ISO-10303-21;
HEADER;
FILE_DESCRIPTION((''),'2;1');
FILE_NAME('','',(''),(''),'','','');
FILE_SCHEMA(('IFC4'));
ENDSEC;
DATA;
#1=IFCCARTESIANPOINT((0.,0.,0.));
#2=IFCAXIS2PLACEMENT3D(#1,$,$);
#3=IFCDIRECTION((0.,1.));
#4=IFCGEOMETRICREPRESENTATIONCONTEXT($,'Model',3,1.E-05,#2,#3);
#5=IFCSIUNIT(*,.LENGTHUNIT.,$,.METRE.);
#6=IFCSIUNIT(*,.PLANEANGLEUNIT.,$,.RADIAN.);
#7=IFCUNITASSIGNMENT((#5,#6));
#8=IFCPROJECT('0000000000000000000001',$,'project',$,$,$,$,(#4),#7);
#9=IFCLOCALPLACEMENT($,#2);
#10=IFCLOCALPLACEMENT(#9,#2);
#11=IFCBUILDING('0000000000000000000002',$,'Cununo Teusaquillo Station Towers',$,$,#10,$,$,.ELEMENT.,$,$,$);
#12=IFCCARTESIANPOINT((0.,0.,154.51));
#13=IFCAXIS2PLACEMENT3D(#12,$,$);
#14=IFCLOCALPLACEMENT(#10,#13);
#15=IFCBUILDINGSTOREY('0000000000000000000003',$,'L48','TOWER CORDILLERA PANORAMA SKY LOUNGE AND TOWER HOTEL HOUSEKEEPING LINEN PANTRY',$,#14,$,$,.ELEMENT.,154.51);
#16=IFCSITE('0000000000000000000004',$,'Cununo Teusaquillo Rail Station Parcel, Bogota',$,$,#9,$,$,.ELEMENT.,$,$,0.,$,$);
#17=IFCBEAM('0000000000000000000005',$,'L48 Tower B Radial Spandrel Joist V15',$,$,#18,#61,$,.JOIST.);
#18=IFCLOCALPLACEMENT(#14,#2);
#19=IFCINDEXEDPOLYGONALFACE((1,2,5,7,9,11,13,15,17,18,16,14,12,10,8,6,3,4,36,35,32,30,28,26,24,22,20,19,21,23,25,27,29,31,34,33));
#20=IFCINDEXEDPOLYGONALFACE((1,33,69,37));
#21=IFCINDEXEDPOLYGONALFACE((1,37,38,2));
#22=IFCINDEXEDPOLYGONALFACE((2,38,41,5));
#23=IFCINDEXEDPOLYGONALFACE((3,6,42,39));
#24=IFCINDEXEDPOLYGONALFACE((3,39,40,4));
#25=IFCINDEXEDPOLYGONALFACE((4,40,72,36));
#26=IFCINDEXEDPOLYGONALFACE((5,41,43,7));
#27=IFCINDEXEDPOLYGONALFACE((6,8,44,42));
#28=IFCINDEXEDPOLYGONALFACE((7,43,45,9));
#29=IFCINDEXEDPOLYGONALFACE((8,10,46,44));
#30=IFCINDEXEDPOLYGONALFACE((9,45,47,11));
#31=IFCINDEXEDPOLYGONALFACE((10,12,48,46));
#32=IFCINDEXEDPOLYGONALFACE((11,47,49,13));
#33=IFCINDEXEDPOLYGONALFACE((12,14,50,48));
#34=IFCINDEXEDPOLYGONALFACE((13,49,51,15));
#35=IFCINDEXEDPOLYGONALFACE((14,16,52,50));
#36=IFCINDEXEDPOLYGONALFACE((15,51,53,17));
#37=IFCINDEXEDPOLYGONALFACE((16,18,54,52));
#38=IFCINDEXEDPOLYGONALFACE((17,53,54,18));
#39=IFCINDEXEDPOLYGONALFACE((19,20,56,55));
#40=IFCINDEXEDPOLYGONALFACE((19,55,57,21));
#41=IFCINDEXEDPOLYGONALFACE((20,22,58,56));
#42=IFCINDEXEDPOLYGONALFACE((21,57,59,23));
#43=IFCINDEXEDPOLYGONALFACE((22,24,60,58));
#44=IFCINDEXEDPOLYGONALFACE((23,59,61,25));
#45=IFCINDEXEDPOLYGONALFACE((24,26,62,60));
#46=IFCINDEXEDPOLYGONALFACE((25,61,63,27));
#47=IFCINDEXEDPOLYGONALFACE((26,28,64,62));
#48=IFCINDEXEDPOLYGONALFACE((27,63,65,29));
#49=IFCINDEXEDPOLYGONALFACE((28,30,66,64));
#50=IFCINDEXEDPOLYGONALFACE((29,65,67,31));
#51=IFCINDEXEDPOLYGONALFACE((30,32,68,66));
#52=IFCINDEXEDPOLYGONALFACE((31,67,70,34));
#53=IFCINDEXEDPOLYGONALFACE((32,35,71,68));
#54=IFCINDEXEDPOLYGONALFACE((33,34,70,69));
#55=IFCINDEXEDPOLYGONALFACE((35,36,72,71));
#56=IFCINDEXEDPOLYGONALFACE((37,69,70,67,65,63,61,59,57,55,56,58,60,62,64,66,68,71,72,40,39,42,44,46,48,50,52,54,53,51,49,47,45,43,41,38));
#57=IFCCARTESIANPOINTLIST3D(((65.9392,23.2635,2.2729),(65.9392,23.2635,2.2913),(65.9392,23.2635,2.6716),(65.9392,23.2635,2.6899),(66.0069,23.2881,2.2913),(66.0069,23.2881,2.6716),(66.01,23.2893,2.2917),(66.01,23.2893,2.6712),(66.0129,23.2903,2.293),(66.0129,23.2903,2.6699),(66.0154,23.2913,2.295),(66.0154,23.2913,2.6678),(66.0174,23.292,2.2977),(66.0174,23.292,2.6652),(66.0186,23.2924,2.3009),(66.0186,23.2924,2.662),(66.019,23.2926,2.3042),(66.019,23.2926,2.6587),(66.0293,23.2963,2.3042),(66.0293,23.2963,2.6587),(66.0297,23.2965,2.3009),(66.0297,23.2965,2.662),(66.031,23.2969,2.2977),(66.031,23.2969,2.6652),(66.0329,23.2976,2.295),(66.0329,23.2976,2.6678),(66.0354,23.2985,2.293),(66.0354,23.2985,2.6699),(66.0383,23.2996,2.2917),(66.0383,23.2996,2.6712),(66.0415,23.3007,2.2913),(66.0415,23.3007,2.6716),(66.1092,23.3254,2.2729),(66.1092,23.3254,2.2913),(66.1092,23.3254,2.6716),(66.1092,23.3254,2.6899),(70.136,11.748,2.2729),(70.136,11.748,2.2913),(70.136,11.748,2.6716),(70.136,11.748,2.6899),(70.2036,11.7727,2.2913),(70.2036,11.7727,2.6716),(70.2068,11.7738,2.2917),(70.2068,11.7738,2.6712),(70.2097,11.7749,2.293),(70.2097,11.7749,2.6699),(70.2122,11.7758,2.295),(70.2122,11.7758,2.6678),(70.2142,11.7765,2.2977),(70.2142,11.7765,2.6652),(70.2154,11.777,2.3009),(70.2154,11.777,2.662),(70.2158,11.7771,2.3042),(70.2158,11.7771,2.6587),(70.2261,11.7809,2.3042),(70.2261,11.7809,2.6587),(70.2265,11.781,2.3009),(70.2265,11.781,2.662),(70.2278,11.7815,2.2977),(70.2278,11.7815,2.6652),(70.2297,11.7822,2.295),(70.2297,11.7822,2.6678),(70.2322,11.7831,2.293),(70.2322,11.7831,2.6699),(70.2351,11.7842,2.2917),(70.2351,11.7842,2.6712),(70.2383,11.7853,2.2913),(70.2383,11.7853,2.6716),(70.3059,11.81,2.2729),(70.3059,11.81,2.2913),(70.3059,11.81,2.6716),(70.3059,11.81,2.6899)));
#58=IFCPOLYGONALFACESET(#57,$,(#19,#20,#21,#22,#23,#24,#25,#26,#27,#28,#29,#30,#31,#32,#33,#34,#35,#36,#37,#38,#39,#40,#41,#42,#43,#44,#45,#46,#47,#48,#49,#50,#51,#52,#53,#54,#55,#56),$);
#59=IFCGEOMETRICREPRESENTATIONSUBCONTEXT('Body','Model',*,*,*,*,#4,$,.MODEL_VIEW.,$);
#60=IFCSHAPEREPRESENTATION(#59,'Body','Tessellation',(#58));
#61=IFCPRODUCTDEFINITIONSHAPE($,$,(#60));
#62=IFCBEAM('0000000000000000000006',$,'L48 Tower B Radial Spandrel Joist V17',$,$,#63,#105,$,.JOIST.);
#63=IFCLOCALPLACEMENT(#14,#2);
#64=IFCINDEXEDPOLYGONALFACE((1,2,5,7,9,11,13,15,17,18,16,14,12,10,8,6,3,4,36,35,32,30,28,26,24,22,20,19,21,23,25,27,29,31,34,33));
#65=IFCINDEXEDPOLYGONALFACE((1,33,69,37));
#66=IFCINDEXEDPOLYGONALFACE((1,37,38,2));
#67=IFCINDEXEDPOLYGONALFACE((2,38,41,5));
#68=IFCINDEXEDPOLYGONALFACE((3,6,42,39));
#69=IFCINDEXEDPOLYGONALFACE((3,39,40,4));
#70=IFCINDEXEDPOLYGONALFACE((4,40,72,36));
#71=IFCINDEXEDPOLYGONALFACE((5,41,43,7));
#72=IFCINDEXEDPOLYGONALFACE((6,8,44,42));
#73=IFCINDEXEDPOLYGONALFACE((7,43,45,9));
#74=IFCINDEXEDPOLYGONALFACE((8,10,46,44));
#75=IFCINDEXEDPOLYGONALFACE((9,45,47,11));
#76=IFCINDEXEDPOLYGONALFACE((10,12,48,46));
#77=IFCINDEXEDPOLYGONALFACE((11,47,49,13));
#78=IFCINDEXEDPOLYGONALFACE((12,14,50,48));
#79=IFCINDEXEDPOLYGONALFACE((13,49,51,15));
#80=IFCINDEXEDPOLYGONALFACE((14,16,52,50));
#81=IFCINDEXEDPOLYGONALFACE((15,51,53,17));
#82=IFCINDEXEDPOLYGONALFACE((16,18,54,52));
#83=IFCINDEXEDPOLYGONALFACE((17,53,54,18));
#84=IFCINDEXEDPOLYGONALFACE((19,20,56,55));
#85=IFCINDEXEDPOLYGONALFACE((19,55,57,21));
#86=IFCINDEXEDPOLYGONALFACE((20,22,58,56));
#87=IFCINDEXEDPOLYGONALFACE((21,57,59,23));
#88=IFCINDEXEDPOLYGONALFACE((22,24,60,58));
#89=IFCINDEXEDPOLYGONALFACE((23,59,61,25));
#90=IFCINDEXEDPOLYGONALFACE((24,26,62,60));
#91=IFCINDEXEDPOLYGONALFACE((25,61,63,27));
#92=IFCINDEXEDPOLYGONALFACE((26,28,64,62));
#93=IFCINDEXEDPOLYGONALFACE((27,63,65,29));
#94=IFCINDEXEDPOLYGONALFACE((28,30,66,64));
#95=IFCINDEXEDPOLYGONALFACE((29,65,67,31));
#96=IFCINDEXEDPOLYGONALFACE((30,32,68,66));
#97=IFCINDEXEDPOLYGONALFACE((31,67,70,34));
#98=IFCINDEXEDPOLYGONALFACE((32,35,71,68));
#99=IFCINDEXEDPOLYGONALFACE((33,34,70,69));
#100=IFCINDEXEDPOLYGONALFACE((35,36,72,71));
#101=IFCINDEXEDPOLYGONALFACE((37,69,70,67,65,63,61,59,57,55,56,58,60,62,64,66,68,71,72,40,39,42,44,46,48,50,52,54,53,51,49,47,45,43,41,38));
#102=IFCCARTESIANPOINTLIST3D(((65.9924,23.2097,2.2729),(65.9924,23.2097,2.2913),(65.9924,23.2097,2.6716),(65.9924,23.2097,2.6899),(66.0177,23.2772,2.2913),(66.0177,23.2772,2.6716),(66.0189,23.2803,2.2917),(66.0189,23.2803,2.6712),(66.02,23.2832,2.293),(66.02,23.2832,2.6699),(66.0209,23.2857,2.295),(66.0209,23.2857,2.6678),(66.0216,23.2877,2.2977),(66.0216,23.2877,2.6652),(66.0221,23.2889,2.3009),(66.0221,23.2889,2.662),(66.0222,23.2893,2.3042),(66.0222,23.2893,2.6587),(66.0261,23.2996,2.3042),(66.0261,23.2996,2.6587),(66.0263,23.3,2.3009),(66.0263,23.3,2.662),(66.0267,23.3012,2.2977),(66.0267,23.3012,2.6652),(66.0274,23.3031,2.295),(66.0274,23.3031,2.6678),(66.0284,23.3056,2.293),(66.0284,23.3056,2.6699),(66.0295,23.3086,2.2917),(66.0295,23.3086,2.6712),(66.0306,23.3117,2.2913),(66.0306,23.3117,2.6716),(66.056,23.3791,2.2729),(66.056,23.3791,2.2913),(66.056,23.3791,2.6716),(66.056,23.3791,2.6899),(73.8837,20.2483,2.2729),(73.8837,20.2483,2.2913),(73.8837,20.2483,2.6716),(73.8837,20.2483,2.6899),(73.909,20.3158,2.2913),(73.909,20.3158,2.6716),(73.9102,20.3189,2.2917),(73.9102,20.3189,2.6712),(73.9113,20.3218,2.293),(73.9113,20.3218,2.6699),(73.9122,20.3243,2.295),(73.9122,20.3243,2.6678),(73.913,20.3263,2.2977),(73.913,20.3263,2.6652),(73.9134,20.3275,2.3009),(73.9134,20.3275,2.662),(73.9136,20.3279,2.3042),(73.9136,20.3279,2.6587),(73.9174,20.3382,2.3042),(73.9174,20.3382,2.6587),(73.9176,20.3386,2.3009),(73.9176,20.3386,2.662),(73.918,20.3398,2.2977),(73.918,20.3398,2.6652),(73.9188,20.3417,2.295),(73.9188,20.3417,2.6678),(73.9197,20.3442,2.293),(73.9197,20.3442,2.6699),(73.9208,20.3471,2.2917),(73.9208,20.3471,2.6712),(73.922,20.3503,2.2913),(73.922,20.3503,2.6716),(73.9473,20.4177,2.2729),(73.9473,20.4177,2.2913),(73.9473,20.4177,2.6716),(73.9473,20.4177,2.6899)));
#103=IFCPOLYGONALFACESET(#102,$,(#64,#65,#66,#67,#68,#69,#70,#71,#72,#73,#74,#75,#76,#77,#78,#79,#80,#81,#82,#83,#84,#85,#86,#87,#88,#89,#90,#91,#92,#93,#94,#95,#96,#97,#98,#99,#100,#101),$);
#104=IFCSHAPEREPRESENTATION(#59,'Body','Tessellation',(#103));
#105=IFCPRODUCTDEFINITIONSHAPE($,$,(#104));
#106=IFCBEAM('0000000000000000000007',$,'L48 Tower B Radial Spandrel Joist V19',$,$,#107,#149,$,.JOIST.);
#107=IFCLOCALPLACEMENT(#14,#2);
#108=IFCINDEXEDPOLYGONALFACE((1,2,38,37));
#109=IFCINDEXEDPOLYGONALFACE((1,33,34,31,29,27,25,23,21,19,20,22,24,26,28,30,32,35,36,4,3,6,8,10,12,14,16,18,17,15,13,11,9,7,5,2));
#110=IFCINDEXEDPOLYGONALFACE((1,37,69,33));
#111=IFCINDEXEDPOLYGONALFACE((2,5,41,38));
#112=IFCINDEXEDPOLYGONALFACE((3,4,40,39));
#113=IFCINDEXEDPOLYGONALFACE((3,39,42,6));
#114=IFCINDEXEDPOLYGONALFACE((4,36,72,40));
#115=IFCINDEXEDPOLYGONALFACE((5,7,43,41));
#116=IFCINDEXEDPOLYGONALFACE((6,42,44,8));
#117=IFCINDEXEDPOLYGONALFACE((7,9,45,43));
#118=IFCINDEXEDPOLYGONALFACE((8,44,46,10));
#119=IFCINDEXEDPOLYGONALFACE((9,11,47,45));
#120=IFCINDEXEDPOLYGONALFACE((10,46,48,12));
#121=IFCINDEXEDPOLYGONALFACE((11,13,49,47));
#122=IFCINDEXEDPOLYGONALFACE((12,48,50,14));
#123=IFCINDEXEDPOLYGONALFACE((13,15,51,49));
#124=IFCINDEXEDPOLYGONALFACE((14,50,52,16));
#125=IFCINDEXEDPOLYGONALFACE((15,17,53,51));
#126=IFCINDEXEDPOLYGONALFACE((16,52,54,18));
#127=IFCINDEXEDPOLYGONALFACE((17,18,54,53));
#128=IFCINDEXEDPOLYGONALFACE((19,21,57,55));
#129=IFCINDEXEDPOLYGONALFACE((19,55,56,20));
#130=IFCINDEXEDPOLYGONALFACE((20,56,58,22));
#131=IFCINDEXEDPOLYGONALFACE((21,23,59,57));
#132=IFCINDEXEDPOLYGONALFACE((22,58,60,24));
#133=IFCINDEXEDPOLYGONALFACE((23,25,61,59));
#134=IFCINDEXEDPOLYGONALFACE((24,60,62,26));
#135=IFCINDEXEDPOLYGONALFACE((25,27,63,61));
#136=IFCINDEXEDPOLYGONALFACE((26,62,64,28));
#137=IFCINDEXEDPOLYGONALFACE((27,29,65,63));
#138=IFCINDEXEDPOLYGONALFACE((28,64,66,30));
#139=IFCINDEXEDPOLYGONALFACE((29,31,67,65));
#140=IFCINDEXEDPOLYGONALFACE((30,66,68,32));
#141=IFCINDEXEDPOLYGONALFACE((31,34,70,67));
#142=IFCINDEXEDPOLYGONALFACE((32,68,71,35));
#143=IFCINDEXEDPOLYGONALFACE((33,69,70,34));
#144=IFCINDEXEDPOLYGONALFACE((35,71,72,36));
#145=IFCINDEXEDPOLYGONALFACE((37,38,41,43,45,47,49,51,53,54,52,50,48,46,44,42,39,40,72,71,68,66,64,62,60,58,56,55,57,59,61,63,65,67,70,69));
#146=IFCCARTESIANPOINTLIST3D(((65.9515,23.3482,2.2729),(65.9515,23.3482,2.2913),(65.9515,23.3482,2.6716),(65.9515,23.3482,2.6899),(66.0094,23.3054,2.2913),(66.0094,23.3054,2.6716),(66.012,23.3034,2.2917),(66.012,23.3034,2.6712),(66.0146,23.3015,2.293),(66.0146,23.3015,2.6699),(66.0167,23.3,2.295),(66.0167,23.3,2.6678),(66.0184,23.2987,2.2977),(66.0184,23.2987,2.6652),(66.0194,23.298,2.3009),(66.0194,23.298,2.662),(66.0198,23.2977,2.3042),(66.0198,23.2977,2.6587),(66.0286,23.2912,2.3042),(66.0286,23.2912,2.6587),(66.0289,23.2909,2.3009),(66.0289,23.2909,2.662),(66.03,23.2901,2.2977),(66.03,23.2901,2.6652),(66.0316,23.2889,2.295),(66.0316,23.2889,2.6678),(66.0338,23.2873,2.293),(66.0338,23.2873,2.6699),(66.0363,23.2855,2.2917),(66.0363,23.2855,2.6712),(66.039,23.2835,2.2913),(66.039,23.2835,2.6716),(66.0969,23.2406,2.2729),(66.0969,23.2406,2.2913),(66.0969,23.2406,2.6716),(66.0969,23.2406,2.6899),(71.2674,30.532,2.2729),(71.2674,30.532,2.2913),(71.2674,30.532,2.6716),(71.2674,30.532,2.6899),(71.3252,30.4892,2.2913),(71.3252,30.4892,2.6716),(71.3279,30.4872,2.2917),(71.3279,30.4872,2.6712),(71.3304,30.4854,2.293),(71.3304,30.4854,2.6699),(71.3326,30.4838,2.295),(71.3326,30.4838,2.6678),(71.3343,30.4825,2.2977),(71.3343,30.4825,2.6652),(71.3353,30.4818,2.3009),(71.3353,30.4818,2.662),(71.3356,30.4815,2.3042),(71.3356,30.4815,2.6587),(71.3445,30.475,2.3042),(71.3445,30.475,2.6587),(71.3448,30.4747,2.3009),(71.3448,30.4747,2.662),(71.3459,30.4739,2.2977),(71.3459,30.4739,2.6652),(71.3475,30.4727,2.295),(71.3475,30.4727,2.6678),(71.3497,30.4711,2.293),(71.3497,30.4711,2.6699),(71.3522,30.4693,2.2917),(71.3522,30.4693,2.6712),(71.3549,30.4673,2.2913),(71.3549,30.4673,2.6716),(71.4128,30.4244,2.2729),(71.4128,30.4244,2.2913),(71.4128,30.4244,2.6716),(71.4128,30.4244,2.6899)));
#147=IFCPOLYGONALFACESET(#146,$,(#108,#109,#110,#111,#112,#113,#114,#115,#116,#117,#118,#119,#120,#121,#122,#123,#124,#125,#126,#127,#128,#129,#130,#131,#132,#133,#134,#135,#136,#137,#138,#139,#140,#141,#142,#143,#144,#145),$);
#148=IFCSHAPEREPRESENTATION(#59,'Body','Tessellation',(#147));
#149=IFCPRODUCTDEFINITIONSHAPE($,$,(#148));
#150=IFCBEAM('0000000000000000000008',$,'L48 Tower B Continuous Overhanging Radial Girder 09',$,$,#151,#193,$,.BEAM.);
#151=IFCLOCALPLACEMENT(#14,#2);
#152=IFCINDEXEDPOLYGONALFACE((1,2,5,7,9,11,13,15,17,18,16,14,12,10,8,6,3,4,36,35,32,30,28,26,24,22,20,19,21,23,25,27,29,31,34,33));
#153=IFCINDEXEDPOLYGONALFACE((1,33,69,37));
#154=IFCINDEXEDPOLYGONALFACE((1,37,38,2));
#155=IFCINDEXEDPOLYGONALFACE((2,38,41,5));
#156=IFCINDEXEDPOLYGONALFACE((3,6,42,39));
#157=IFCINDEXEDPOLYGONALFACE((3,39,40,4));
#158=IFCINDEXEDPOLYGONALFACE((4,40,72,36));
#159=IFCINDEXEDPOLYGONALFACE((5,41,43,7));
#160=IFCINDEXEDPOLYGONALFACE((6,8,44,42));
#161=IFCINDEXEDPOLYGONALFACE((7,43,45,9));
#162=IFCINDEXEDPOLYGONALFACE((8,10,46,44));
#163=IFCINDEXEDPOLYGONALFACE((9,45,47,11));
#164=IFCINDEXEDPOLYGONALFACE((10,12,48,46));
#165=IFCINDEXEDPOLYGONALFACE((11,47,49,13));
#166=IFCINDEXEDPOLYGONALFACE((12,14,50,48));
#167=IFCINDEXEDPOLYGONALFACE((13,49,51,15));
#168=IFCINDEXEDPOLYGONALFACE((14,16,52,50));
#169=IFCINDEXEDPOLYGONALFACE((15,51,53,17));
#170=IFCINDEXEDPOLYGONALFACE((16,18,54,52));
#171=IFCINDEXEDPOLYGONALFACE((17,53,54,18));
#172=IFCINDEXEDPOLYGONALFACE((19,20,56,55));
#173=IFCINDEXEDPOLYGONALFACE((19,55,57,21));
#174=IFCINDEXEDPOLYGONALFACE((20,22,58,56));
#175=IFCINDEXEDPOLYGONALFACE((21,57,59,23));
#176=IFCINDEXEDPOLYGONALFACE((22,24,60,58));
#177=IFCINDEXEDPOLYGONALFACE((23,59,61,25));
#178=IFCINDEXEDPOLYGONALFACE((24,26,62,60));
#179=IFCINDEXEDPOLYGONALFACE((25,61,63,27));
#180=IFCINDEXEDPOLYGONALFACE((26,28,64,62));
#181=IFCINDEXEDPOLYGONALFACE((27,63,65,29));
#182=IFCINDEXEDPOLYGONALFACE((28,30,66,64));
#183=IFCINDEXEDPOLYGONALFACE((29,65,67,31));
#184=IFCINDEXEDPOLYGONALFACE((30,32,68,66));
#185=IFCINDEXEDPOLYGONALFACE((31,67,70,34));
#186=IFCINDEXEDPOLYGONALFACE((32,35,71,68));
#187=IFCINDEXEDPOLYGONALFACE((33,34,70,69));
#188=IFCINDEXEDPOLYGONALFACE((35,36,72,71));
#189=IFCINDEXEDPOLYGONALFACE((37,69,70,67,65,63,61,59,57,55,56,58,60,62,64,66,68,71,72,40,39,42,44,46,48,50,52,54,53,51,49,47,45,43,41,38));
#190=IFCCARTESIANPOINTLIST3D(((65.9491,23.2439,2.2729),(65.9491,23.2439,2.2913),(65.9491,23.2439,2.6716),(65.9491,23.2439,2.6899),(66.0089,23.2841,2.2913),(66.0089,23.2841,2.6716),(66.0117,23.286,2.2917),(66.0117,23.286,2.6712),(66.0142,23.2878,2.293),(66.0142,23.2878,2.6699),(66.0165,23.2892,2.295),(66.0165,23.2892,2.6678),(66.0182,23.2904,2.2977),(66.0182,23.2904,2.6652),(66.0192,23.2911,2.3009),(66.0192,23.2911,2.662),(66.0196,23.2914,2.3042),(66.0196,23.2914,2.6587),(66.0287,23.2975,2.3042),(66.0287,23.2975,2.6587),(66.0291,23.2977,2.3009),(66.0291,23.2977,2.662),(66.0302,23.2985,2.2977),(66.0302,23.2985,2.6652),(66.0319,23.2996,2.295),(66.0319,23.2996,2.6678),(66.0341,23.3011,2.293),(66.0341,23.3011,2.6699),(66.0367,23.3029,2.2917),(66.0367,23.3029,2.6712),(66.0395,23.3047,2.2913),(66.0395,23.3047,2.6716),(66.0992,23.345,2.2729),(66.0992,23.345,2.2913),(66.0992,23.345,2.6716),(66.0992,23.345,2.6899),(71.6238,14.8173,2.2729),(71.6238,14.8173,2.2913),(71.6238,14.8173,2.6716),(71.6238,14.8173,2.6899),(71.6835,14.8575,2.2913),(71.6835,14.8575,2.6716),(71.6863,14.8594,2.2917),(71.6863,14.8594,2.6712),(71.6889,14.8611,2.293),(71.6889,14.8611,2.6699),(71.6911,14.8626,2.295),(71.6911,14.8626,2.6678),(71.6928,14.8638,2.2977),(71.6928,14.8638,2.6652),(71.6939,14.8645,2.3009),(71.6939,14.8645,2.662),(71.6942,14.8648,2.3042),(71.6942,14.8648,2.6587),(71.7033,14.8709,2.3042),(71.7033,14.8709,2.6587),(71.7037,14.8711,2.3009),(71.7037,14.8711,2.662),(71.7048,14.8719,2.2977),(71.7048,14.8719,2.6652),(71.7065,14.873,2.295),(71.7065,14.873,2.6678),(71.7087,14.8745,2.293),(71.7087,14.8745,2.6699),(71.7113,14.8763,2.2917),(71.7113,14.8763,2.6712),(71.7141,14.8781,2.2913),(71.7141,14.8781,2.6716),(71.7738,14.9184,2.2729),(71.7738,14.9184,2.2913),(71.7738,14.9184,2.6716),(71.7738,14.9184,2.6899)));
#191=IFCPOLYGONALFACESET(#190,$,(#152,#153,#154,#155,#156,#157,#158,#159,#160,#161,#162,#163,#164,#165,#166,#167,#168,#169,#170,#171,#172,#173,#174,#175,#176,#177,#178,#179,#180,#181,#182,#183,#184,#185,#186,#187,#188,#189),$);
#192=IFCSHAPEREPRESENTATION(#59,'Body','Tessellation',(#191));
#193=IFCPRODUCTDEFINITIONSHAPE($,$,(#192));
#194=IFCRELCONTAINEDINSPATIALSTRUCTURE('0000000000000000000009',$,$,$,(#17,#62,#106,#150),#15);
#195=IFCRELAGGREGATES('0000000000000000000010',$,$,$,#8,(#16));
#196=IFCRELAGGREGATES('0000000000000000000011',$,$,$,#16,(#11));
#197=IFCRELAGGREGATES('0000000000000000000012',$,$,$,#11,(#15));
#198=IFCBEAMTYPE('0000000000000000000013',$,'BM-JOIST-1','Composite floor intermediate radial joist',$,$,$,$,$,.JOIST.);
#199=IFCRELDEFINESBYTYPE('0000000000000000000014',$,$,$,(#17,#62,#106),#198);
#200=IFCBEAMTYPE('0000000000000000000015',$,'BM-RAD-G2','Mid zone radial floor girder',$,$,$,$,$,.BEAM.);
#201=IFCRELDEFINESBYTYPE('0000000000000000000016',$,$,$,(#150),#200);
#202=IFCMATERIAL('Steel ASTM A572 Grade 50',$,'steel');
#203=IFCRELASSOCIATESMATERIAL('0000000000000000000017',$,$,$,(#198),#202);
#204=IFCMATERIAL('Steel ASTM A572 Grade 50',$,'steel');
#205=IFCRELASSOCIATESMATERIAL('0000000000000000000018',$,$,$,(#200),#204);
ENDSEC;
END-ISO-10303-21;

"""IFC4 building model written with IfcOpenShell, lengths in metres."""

from ifc_helpers import new_model, si_unit, direction, frame, origin, origin_2d, place, context, subcontext, project, spatial, i_section, extrude, material, material_profile, profile_set, type_object, element, save


model = new_model("IFC4")

# Units and contexts
model_context = context("Model", 3, precision=1e-05, world=origin(), true_north=direction((0.0, 1.0)))
body_context = subcontext(model_context, "Body", "Model", "MODEL_VIEW")
ifc_project = project(units=[si_unit("LENGTHUNIT", "METRE"), si_unit("PLANEANGLEUNIT", "RADIAN")], contexts=[model_context])

# Site, building, storey
site_placement = place(None, origin())
site = spatial("IfcSite", under=ifc_project, at=site_placement, Name="Cununo Teusaquillo Rail Station Parcel, Bogota", CompositionType="ELEMENT", RefElevation=0.0)
building_placement = place(site_placement, origin())
building = spatial("IfcBuilding", under=site, at=building_placement, Name="Cununo Teusaquillo Station Towers", CompositionType="ELEMENT")
storey_placement = place(building_placement, frame((0.0, 0.0, 154.51)))
storey = spatial("IfcBuildingStorey", under=building, at=storey_placement, Name="L48", Description="TOWER CORDILLERA PANORAMA SKY LOUNGE AND TOWER HOTEL HOUSEKEEPING LINEN PANTRY", CompositionType="ELEMENT", Elevation=154.51)

# Beams
ifc_material_1 = material(Name="Steel ASTM A572 Grade 50", Category="steel")
ifc_material_profile_1 = material_profile(ifc_material_1, i_section(OverallWidth=0.1809, OverallDepth=0.417, WebThickness=0.011, FlangeThickness=0.0183, FilletRadius=0.0129, at=origin_2d()), Name="W16X57")
ifc_profile_set_1 = profile_set([ifc_material_profile_1], Name="Steel ASTM A572 Grade 50")
beam_type_1 = type_object("IfcBeamType", Name="BM-JOIST-1", Description="Composite floor intermediate radial joist", PredefinedType="JOIST", material=ifc_profile_set_1)
beam_1_placement = place(storey_placement, frame((66.0242, 23.2944, 2.4814), z_axis=(0.342418, -0.939548, 0.0), x_axis=(0.939548, 0.342418, 0.0)))
element("IfcBeam", 1, at=beam_1_placement, inside=storey, type_object=beam_type_1, Name="L48 Tower B Radial Spandrel Joist V15", PredefinedType="JOIST", context=body_context, shape_type="SweptSolid", body=[
    extrude(i_section(OverallWidth=0.1809, OverallDepth=0.417, WebThickness=0.011, FlangeThickness=0.0183, FilletRadius=0.0129, at=origin_2d()), origin(), (0.0, 0.0, 1.0), 12.2563),
])
beam_2_placement = place(storey_placement, frame((66.0242, 23.2944, 2.4814), z_axis=(0.936245, -0.351349, 0.0), x_axis=(0.351349, 0.936245, 0.0)))
element("IfcBeam", 2, at=beam_2_placement, inside=storey, type_object=beam_type_1, Name="L48 Tower B Radial Spandrel Joist V17", PredefinedType="JOIST", context=body_context, shape_type="SweptSolid", body=[
    extrude(i_section(OverallWidth=0.1809, OverallDepth=0.417, WebThickness=0.011, FlangeThickness=0.0183, FilletRadius=0.0129, at=origin_2d()), origin(), (0.0, 0.0, 1.0), 8.4287),
])
beam_3_placement = place(storey_placement, frame((66.0242, 23.2944, 2.4814), z_axis=(0.594834, 0.803848, 0.0), x_axis=(-0.803848, 0.594834, 0.0)))
element("IfcBeam", 3, at=beam_3_placement, inside=storey, type_object=beam_type_1, Name="L48 Tower B Radial Spandrel Joist V19", PredefinedType="JOIST", context=body_context, shape_type="SweptSolid", body=[
    extrude(i_section(OverallWidth=0.1809, OverallDepth=0.417, WebThickness=0.011, FlangeThickness=0.0183, FilletRadius=0.0129, at=origin_2d()), origin(), (0.0, 0.0, 1.0), 8.9368),
])
ifc_material_2 = material(Name="Steel ASTM A572 Grade 50", Category="steel")
ifc_material_profile_2 = material_profile(ifc_material_2, i_section(OverallWidth=0.1809, OverallDepth=0.417, WebThickness=0.011, FlangeThickness=0.0183, FilletRadius=0.0129, at=origin_2d()), Name="W16X57")
ifc_profile_set_2 = profile_set([ifc_material_profile_2], Name="Steel ASTM A572 Grade 50")
beam_type_2 = type_object("IfcBeamType", Name="BM-RAD-G2", Description="Mid zone radial floor girder", PredefinedType="BEAM", material=ifc_profile_set_2)
beam_4_placement = place(storey_placement, frame((66.0242, 23.2944, 2.4814), z_axis=(0.558571, -0.829457, 0.0), x_axis=(0.829457, 0.558571, 0.0)))
element("IfcBeam", 4, at=beam_4_placement, inside=storey, type_object=beam_type_2, Name="L48 Tower B Continuous Overhanging Radial Girder 09", PredefinedType="BEAM", context=body_context, shape_type="SweptSolid", body=[
    extrude(i_section(OverallWidth=0.1809, OverallDepth=0.417, WebThickness=0.011, FlangeThickness=0.0183, FilletRadius=0.0129, at=origin_2d()), origin(), (0.0, 0.0, 1.0), 10.1592),
])

save(model, "model.ifc")
